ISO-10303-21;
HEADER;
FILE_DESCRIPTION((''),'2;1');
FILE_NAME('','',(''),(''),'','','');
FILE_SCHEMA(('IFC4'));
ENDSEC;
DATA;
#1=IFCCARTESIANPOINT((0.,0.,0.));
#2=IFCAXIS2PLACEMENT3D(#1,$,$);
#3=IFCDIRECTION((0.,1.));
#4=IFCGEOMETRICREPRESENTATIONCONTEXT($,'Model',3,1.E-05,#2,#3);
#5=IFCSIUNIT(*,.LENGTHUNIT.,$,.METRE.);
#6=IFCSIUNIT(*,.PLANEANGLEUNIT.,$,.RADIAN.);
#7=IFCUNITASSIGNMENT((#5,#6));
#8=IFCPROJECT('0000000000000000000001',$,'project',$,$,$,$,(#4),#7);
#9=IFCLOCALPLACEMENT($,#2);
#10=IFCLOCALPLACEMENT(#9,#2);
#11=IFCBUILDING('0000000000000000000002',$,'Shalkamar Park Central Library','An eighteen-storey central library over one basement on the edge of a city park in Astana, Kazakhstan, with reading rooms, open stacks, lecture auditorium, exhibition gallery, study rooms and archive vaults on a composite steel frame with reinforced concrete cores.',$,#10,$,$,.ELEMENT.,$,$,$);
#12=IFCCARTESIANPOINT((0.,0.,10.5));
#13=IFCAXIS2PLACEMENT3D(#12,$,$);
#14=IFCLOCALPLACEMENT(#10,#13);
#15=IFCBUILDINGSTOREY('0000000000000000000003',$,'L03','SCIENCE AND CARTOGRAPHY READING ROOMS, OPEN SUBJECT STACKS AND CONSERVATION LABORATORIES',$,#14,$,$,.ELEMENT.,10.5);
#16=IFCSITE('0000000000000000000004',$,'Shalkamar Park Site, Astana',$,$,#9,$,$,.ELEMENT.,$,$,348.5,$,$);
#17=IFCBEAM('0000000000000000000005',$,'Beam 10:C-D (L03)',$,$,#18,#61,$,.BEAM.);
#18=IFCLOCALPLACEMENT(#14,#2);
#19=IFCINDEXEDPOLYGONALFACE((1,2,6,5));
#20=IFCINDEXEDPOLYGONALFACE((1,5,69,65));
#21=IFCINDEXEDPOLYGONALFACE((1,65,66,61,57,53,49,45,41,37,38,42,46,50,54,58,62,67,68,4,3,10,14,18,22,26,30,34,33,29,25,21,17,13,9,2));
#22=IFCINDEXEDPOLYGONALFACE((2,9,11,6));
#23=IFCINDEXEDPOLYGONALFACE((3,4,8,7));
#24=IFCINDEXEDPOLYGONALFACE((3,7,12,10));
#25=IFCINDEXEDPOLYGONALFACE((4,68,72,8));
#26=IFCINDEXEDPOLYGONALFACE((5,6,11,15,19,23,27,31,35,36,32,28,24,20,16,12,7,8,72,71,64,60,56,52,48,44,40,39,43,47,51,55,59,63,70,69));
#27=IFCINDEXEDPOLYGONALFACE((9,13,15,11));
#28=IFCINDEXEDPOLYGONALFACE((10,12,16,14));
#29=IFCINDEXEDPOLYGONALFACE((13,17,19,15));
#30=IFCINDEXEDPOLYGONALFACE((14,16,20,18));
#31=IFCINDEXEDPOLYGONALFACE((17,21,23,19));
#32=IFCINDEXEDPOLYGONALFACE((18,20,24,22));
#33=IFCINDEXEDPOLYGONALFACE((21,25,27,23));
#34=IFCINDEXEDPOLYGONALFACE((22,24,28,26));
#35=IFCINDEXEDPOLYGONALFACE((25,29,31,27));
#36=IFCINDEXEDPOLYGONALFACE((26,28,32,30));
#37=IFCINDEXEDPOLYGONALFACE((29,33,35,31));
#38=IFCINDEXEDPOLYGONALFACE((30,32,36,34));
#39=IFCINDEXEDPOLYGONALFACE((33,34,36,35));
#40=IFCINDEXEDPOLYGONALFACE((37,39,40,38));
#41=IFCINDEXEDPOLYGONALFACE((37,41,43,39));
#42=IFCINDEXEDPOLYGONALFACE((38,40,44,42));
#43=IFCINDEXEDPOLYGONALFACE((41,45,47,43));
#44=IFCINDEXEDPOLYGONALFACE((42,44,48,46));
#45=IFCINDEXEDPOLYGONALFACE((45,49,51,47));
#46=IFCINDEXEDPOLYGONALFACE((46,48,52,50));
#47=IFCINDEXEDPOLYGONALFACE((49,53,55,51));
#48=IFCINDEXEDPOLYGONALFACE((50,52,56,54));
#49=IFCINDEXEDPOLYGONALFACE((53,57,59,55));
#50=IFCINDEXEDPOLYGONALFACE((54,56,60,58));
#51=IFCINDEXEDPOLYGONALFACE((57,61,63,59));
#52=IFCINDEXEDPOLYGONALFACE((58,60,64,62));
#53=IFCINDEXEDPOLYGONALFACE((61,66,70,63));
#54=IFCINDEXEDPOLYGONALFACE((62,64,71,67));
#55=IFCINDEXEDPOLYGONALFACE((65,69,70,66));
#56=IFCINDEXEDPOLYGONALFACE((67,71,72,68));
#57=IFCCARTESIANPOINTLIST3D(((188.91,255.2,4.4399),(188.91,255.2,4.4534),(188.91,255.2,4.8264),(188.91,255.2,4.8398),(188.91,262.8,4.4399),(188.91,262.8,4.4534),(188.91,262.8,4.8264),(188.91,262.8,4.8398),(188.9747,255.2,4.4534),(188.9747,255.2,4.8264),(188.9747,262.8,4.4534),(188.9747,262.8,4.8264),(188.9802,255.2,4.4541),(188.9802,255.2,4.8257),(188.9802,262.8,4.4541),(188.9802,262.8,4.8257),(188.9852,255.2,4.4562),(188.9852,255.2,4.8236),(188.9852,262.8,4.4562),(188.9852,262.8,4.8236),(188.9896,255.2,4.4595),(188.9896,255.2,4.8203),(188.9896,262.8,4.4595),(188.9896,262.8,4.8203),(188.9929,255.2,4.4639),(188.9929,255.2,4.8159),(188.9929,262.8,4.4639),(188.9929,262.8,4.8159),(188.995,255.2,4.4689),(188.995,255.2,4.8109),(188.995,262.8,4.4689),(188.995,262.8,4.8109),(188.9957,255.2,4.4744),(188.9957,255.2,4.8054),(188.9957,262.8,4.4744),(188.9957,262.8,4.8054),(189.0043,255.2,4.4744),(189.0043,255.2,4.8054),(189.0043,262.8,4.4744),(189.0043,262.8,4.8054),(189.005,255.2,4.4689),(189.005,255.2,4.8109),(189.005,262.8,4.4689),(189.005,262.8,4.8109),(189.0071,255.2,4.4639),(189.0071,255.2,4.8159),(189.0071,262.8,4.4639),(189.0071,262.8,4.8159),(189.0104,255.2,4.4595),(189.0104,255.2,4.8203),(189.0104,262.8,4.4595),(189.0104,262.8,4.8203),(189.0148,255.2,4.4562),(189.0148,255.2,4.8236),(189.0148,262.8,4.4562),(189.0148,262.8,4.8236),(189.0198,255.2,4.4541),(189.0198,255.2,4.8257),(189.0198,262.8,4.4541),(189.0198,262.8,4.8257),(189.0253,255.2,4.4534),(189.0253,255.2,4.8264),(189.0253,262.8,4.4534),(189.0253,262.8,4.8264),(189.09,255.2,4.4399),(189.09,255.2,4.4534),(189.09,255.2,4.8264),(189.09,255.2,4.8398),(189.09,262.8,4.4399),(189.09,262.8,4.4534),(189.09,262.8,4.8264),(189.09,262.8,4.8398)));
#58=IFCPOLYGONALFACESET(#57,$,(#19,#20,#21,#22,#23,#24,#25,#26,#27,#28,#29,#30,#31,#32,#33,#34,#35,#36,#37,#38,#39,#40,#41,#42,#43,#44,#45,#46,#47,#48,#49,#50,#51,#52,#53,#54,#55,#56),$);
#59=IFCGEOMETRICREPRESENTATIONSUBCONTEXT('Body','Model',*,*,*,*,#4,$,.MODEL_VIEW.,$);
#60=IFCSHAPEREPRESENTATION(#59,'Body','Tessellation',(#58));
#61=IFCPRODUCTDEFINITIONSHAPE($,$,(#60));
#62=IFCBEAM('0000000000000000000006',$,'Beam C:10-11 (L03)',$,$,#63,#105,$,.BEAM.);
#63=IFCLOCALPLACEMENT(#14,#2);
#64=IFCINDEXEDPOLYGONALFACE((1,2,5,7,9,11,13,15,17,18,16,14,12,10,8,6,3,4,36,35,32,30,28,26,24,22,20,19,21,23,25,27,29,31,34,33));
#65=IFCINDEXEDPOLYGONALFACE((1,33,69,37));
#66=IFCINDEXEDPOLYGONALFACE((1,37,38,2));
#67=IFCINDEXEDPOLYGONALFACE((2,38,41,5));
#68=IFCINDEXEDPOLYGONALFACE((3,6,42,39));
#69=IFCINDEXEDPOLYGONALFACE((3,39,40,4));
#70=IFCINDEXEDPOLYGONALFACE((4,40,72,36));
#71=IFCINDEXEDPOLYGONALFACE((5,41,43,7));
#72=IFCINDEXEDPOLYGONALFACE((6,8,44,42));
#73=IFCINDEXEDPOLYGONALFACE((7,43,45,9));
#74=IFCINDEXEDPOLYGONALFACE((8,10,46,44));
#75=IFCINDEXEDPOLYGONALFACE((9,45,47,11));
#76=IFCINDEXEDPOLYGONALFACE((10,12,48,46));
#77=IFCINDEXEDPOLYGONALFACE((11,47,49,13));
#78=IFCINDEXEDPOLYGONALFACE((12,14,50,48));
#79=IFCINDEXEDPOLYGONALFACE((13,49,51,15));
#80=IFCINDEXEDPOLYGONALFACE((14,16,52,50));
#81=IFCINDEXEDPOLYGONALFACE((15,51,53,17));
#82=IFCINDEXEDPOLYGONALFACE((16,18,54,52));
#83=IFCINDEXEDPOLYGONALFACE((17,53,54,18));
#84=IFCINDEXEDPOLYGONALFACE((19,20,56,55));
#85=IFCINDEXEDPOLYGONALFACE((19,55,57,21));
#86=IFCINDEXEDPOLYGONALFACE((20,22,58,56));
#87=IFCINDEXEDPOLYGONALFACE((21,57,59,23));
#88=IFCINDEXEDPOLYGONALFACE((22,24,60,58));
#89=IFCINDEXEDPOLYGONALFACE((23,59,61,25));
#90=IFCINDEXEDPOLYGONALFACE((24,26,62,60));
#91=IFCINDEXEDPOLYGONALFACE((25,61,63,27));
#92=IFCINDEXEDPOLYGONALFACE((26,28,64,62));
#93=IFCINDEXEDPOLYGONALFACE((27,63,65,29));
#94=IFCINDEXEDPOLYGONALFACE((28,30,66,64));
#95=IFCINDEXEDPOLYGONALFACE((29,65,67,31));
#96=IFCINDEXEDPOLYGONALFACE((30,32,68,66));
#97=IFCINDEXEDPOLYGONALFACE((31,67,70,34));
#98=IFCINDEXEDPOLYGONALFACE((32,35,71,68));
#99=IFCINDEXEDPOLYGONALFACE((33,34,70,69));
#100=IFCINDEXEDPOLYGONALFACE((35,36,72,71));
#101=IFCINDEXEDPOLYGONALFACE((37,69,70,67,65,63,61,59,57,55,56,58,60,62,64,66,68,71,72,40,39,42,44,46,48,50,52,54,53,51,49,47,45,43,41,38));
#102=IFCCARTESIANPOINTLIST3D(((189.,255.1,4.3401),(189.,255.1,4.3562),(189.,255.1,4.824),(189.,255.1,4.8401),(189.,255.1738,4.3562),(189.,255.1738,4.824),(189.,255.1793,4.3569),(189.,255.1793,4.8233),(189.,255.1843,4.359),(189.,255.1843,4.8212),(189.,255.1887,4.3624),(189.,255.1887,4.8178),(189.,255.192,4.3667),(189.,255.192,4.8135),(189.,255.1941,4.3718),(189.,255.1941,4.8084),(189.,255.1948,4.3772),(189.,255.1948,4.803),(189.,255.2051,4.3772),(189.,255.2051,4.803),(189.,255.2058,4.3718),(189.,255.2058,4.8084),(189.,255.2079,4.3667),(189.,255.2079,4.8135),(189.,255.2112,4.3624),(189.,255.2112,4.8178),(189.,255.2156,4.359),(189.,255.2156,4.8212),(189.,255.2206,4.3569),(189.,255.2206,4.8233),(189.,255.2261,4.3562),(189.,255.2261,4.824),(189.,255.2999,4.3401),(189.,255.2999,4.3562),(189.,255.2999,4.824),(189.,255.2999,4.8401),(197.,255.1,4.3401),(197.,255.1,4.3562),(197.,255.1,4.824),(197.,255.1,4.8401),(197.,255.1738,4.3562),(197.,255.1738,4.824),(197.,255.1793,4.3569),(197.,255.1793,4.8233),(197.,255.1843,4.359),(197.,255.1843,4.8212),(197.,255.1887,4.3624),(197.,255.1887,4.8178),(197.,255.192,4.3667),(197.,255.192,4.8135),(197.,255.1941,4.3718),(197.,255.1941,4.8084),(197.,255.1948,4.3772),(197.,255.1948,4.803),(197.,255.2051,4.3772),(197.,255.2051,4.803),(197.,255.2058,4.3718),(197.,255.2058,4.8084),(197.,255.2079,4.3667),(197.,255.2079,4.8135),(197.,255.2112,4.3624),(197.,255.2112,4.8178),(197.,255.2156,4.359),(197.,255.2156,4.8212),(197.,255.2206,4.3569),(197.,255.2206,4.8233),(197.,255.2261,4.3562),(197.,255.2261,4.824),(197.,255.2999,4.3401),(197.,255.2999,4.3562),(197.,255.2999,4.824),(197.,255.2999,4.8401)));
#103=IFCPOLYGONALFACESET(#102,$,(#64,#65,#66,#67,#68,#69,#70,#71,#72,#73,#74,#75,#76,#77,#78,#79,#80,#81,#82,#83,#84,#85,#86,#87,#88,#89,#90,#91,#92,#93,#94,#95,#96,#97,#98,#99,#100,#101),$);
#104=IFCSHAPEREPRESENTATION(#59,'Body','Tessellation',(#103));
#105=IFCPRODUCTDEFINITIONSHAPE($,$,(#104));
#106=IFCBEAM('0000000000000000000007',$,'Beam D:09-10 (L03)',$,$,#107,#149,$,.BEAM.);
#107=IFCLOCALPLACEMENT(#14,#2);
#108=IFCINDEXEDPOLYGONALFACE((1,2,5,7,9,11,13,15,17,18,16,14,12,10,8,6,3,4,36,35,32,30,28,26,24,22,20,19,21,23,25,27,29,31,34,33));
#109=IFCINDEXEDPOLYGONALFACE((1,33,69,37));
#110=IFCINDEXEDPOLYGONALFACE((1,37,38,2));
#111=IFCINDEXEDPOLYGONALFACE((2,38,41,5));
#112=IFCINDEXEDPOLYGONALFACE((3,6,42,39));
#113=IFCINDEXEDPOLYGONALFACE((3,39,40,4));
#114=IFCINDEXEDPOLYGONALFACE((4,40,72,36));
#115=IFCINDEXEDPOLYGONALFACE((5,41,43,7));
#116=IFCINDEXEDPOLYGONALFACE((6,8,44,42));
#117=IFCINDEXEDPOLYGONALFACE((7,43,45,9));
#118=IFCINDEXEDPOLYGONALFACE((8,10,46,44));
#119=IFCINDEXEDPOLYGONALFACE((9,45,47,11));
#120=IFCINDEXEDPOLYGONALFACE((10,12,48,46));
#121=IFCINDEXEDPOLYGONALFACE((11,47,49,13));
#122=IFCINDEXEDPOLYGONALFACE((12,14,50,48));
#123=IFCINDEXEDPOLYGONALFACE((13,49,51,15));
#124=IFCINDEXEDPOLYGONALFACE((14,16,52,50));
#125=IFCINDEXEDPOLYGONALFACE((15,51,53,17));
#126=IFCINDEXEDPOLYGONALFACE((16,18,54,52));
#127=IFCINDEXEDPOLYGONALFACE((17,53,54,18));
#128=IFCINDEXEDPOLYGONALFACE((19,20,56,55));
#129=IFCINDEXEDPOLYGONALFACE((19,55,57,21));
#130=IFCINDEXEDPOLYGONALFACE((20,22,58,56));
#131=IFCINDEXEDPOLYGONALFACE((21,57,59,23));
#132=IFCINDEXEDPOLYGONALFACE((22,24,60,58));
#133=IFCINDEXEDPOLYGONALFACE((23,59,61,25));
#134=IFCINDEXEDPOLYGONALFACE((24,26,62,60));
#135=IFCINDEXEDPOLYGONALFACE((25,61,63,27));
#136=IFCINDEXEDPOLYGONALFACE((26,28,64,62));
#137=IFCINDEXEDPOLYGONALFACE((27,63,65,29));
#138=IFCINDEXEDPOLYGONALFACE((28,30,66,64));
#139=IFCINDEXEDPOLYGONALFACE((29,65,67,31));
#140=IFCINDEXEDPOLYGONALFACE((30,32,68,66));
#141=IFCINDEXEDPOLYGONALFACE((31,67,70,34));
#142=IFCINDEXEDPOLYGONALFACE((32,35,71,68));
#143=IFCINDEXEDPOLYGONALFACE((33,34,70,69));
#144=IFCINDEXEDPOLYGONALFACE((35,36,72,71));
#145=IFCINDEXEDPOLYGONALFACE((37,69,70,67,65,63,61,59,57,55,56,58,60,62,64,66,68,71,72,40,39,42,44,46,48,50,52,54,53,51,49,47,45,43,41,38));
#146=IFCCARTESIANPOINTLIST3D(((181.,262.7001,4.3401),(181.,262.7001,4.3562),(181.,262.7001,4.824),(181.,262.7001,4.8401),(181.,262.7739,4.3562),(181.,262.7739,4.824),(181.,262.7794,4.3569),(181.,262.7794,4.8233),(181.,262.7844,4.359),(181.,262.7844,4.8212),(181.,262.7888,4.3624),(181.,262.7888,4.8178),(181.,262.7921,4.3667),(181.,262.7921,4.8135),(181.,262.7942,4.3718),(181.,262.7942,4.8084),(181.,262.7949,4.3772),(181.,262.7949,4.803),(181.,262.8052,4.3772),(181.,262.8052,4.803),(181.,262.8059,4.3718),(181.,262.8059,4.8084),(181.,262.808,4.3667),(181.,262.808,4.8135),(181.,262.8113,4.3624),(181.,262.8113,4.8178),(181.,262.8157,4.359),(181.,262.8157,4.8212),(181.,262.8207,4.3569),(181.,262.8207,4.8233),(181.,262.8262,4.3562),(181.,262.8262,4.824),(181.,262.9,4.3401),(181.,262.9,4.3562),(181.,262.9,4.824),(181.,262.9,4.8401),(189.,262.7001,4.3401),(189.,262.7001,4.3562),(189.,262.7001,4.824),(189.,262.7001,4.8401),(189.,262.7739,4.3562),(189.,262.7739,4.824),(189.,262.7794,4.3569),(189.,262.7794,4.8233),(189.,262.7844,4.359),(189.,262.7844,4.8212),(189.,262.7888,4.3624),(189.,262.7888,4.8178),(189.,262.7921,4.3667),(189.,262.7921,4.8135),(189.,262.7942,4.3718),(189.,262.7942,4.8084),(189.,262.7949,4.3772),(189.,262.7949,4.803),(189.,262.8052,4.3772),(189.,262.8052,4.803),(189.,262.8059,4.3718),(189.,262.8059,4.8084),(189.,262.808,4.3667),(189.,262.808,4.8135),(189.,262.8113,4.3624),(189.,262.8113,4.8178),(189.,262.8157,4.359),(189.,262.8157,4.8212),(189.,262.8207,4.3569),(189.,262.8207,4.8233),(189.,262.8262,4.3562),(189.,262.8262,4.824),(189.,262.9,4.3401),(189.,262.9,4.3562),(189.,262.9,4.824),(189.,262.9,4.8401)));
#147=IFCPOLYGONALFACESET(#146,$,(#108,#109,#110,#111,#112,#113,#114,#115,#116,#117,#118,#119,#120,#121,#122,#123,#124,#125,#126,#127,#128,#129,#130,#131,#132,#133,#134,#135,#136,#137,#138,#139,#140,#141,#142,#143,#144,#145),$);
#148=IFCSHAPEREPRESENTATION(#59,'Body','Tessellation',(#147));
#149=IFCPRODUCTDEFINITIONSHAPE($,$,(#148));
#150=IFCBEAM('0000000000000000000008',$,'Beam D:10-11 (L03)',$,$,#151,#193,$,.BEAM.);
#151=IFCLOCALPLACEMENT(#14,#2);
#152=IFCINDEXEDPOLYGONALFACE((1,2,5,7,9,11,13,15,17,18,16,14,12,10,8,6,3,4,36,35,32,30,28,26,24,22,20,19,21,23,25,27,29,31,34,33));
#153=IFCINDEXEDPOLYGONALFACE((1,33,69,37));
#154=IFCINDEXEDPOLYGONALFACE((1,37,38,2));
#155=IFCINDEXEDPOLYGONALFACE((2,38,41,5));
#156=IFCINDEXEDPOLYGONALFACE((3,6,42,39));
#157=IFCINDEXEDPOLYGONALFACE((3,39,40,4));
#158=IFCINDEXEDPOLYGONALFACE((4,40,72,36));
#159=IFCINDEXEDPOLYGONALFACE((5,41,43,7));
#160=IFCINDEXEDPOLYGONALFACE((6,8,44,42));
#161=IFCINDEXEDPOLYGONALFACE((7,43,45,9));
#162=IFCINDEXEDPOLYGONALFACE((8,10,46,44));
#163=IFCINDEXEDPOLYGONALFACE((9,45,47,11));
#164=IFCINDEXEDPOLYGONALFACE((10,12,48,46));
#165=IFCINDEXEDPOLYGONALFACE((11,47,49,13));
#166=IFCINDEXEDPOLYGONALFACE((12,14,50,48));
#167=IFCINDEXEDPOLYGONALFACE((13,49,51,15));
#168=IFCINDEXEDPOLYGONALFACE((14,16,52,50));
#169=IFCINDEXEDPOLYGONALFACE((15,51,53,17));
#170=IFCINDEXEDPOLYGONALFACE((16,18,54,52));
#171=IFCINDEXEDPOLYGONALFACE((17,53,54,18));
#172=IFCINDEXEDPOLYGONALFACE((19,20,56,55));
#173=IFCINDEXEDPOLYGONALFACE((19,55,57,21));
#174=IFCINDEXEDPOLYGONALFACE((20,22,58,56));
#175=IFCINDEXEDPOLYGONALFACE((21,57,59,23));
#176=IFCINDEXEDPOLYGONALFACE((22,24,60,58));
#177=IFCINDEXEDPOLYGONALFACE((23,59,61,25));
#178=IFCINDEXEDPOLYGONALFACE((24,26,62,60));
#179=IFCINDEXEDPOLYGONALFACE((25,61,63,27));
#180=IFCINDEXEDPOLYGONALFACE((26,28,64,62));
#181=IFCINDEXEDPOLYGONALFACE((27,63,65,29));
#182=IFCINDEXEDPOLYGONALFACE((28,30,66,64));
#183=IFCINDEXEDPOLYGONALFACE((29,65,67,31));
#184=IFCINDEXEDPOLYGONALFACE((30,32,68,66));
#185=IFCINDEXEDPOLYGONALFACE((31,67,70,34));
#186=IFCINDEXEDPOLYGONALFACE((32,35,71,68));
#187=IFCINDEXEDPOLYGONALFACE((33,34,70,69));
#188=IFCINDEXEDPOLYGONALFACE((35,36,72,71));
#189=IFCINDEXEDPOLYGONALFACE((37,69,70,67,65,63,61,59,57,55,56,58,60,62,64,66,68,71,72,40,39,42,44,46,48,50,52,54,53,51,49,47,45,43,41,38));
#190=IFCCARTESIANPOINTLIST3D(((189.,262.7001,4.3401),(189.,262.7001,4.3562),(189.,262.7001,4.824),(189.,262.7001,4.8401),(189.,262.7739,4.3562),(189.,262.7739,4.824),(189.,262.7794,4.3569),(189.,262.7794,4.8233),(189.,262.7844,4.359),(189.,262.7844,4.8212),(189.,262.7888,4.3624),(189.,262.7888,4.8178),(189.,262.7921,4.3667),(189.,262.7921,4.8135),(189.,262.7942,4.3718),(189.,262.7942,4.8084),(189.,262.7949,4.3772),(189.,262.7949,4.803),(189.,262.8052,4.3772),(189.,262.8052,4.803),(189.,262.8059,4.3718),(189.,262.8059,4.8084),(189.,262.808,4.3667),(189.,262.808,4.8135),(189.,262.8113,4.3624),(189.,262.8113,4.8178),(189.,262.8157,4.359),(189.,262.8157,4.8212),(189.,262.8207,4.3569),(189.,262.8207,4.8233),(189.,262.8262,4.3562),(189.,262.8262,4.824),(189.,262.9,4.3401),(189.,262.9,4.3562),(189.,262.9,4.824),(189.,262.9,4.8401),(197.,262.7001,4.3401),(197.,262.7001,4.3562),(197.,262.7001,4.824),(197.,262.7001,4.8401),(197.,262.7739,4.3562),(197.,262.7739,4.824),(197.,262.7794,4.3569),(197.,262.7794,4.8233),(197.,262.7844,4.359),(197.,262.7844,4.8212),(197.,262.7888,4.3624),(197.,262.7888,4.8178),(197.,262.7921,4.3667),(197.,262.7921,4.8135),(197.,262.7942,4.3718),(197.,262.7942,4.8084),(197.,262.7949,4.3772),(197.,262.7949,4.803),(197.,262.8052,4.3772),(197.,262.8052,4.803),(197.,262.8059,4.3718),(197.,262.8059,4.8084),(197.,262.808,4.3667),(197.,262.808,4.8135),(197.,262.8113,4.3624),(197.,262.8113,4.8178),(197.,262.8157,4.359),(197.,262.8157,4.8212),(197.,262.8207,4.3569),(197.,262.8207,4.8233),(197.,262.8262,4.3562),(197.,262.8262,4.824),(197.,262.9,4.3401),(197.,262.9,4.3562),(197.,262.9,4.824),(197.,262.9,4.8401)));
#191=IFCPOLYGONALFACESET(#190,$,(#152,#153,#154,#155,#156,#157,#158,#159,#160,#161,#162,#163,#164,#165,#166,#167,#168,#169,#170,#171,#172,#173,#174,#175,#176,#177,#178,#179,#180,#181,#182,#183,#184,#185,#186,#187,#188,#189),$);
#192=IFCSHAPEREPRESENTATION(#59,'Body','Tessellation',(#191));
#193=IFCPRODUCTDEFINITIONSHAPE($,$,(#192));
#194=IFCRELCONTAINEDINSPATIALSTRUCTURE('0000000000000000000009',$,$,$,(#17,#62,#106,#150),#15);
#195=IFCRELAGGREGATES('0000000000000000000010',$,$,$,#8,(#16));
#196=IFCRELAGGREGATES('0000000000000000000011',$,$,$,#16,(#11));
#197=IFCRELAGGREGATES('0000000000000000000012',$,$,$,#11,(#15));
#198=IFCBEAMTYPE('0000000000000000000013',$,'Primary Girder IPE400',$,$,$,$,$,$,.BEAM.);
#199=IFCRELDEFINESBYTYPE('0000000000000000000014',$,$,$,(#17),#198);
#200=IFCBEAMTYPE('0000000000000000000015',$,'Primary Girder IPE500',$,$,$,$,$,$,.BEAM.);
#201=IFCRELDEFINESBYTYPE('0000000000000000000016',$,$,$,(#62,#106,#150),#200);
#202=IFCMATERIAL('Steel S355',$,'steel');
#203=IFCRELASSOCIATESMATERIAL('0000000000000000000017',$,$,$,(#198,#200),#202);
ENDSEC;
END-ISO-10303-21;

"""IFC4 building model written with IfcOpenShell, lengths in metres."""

from ifc_helpers import new_model, si_unit, direction, frame, origin, origin_2d, place, context, subcontext, project, spatial, i_section, extrude, material, material_profile, profile_set, type_object, element, save


model = new_model("IFC4")

# Units and contexts
model_context = context("Model", 3, precision=1e-05, world=origin(), true_north=direction((0.0, 1.0)))
body_context = subcontext(model_context, "Body", "Model", "MODEL_VIEW")
ifc_project = project(units=[si_unit("LENGTHUNIT", "METRE"), si_unit("PLANEANGLEUNIT", "RADIAN")], contexts=[model_context])

# Site, building, storey
site_placement = place(None, origin())
site = spatial("IfcSite", under=ifc_project, at=site_placement, Name="Shalkamar Park Site, Astana", CompositionType="ELEMENT", RefElevation=348.5)
building_placement = place(site_placement, origin())
building = spatial("IfcBuilding", under=site, at=building_placement, Name="Shalkamar Park Central Library", Description="An eighteen-storey central library over one basement on the edge of a city park in Astana, Kazakhstan, with reading rooms, open stacks, lecture auditorium, exhibition gallery, study rooms and archive vaults on a composite steel frame with reinforced concrete cores.", CompositionType="ELEMENT")
storey_placement = place(building_placement, frame((0.0, 0.0, 10.5)))
storey = spatial("IfcBuildingStorey", under=building, at=storey_placement, Name="L03", Description="SCIENCE AND CARTOGRAPHY READING ROOMS, OPEN SUBJECT STACKS AND CONSERVATION LABORATORIES", CompositionType="ELEMENT", Elevation=10.5)

# Shared definitions
ifc_material_1 = material(Name="Steel S355", Category="steel")

# Beams
ifc_material_profile_1 = material_profile(ifc_material_1, i_section(OverallWidth=0.1799, OverallDepth=0.3999, WebThickness=0.0085, FlangeThickness=0.0134, FilletRadius=0.021, at=origin_2d()), Name="IPE 400")
ifc_profile_set_1 = profile_set([ifc_material_profile_1], Name="Steel S355")
beam_type_1 = type_object("IfcBeamType", Name="Primary Girder IPE400", PredefinedType="BEAM", material=ifc_profile_set_1)
beam_1_placement = place(storey_placement, frame((189.0, 255.2, 4.6399), z_axis=(0.0, 1.0, 0.0), x_axis=(-1.0, 0.0, 0.0)))
element("IfcBeam", 1, at=beam_1_placement, inside=storey, type_object=beam_type_1, Name="Beam 10:C-D (L03)", PredefinedType="BEAM", context=body_context, shape_type="SweptSolid", body=[
    extrude(i_section(OverallWidth=0.1799, OverallDepth=0.3999, WebThickness=0.0085, FlangeThickness=0.0134, FilletRadius=0.021, at=origin_2d()), origin(), (0.0, 0.0, 1.0), 7.6001),
])
ifc_material_profile_2 = material_profile(ifc_material_1, i_section(OverallWidth=0.2, OverallDepth=0.5, WebThickness=0.0103, FlangeThickness=0.0161, FilletRadius=0.021, at=origin_2d()), Name="IPE 500")
ifc_profile_set_2 = profile_set([ifc_material_profile_2], Name="Steel S355")
beam_type_2 = type_object("IfcBeamType", Name="Primary Girder IPE500", PredefinedType="BEAM", material=ifc_profile_set_2)
for number, where, z_axis, x_axis, name in (
    (2, (189.0, 255.2, 4.5901), (1.0, 0.0, 0.0), (0.0, 1.0, 0.0), "Beam C:10-11 (L03)"),
    (3, (181.0, 262.8, 4.5901), (1.0, 0.0, 0.0), (0.0, 1.0, 0.0), "Beam D:09-10 (L03)"),
    (4, (189.0, 262.8, 4.5901), (1.0, 0.0, 0.0), (0.0, 1.0, 0.0), "Beam D:10-11 (L03)"),
):
    element("IfcBeam", number, at=place(storey_placement, frame(where, z_axis=z_axis, x_axis=x_axis)), inside=storey, type_object=beam_type_2, Name=name, PredefinedType="BEAM", context=body_context, shape_type="SweptSolid", body=[
        extrude(i_section(OverallWidth=0.2, OverallDepth=0.5, WebThickness=0.0103, FlangeThickness=0.0161, FilletRadius=0.021, at=origin_2d()), origin(), (0.0, 0.0, 1.0), 8.0),
    ])

save(model, "model.ifc")
